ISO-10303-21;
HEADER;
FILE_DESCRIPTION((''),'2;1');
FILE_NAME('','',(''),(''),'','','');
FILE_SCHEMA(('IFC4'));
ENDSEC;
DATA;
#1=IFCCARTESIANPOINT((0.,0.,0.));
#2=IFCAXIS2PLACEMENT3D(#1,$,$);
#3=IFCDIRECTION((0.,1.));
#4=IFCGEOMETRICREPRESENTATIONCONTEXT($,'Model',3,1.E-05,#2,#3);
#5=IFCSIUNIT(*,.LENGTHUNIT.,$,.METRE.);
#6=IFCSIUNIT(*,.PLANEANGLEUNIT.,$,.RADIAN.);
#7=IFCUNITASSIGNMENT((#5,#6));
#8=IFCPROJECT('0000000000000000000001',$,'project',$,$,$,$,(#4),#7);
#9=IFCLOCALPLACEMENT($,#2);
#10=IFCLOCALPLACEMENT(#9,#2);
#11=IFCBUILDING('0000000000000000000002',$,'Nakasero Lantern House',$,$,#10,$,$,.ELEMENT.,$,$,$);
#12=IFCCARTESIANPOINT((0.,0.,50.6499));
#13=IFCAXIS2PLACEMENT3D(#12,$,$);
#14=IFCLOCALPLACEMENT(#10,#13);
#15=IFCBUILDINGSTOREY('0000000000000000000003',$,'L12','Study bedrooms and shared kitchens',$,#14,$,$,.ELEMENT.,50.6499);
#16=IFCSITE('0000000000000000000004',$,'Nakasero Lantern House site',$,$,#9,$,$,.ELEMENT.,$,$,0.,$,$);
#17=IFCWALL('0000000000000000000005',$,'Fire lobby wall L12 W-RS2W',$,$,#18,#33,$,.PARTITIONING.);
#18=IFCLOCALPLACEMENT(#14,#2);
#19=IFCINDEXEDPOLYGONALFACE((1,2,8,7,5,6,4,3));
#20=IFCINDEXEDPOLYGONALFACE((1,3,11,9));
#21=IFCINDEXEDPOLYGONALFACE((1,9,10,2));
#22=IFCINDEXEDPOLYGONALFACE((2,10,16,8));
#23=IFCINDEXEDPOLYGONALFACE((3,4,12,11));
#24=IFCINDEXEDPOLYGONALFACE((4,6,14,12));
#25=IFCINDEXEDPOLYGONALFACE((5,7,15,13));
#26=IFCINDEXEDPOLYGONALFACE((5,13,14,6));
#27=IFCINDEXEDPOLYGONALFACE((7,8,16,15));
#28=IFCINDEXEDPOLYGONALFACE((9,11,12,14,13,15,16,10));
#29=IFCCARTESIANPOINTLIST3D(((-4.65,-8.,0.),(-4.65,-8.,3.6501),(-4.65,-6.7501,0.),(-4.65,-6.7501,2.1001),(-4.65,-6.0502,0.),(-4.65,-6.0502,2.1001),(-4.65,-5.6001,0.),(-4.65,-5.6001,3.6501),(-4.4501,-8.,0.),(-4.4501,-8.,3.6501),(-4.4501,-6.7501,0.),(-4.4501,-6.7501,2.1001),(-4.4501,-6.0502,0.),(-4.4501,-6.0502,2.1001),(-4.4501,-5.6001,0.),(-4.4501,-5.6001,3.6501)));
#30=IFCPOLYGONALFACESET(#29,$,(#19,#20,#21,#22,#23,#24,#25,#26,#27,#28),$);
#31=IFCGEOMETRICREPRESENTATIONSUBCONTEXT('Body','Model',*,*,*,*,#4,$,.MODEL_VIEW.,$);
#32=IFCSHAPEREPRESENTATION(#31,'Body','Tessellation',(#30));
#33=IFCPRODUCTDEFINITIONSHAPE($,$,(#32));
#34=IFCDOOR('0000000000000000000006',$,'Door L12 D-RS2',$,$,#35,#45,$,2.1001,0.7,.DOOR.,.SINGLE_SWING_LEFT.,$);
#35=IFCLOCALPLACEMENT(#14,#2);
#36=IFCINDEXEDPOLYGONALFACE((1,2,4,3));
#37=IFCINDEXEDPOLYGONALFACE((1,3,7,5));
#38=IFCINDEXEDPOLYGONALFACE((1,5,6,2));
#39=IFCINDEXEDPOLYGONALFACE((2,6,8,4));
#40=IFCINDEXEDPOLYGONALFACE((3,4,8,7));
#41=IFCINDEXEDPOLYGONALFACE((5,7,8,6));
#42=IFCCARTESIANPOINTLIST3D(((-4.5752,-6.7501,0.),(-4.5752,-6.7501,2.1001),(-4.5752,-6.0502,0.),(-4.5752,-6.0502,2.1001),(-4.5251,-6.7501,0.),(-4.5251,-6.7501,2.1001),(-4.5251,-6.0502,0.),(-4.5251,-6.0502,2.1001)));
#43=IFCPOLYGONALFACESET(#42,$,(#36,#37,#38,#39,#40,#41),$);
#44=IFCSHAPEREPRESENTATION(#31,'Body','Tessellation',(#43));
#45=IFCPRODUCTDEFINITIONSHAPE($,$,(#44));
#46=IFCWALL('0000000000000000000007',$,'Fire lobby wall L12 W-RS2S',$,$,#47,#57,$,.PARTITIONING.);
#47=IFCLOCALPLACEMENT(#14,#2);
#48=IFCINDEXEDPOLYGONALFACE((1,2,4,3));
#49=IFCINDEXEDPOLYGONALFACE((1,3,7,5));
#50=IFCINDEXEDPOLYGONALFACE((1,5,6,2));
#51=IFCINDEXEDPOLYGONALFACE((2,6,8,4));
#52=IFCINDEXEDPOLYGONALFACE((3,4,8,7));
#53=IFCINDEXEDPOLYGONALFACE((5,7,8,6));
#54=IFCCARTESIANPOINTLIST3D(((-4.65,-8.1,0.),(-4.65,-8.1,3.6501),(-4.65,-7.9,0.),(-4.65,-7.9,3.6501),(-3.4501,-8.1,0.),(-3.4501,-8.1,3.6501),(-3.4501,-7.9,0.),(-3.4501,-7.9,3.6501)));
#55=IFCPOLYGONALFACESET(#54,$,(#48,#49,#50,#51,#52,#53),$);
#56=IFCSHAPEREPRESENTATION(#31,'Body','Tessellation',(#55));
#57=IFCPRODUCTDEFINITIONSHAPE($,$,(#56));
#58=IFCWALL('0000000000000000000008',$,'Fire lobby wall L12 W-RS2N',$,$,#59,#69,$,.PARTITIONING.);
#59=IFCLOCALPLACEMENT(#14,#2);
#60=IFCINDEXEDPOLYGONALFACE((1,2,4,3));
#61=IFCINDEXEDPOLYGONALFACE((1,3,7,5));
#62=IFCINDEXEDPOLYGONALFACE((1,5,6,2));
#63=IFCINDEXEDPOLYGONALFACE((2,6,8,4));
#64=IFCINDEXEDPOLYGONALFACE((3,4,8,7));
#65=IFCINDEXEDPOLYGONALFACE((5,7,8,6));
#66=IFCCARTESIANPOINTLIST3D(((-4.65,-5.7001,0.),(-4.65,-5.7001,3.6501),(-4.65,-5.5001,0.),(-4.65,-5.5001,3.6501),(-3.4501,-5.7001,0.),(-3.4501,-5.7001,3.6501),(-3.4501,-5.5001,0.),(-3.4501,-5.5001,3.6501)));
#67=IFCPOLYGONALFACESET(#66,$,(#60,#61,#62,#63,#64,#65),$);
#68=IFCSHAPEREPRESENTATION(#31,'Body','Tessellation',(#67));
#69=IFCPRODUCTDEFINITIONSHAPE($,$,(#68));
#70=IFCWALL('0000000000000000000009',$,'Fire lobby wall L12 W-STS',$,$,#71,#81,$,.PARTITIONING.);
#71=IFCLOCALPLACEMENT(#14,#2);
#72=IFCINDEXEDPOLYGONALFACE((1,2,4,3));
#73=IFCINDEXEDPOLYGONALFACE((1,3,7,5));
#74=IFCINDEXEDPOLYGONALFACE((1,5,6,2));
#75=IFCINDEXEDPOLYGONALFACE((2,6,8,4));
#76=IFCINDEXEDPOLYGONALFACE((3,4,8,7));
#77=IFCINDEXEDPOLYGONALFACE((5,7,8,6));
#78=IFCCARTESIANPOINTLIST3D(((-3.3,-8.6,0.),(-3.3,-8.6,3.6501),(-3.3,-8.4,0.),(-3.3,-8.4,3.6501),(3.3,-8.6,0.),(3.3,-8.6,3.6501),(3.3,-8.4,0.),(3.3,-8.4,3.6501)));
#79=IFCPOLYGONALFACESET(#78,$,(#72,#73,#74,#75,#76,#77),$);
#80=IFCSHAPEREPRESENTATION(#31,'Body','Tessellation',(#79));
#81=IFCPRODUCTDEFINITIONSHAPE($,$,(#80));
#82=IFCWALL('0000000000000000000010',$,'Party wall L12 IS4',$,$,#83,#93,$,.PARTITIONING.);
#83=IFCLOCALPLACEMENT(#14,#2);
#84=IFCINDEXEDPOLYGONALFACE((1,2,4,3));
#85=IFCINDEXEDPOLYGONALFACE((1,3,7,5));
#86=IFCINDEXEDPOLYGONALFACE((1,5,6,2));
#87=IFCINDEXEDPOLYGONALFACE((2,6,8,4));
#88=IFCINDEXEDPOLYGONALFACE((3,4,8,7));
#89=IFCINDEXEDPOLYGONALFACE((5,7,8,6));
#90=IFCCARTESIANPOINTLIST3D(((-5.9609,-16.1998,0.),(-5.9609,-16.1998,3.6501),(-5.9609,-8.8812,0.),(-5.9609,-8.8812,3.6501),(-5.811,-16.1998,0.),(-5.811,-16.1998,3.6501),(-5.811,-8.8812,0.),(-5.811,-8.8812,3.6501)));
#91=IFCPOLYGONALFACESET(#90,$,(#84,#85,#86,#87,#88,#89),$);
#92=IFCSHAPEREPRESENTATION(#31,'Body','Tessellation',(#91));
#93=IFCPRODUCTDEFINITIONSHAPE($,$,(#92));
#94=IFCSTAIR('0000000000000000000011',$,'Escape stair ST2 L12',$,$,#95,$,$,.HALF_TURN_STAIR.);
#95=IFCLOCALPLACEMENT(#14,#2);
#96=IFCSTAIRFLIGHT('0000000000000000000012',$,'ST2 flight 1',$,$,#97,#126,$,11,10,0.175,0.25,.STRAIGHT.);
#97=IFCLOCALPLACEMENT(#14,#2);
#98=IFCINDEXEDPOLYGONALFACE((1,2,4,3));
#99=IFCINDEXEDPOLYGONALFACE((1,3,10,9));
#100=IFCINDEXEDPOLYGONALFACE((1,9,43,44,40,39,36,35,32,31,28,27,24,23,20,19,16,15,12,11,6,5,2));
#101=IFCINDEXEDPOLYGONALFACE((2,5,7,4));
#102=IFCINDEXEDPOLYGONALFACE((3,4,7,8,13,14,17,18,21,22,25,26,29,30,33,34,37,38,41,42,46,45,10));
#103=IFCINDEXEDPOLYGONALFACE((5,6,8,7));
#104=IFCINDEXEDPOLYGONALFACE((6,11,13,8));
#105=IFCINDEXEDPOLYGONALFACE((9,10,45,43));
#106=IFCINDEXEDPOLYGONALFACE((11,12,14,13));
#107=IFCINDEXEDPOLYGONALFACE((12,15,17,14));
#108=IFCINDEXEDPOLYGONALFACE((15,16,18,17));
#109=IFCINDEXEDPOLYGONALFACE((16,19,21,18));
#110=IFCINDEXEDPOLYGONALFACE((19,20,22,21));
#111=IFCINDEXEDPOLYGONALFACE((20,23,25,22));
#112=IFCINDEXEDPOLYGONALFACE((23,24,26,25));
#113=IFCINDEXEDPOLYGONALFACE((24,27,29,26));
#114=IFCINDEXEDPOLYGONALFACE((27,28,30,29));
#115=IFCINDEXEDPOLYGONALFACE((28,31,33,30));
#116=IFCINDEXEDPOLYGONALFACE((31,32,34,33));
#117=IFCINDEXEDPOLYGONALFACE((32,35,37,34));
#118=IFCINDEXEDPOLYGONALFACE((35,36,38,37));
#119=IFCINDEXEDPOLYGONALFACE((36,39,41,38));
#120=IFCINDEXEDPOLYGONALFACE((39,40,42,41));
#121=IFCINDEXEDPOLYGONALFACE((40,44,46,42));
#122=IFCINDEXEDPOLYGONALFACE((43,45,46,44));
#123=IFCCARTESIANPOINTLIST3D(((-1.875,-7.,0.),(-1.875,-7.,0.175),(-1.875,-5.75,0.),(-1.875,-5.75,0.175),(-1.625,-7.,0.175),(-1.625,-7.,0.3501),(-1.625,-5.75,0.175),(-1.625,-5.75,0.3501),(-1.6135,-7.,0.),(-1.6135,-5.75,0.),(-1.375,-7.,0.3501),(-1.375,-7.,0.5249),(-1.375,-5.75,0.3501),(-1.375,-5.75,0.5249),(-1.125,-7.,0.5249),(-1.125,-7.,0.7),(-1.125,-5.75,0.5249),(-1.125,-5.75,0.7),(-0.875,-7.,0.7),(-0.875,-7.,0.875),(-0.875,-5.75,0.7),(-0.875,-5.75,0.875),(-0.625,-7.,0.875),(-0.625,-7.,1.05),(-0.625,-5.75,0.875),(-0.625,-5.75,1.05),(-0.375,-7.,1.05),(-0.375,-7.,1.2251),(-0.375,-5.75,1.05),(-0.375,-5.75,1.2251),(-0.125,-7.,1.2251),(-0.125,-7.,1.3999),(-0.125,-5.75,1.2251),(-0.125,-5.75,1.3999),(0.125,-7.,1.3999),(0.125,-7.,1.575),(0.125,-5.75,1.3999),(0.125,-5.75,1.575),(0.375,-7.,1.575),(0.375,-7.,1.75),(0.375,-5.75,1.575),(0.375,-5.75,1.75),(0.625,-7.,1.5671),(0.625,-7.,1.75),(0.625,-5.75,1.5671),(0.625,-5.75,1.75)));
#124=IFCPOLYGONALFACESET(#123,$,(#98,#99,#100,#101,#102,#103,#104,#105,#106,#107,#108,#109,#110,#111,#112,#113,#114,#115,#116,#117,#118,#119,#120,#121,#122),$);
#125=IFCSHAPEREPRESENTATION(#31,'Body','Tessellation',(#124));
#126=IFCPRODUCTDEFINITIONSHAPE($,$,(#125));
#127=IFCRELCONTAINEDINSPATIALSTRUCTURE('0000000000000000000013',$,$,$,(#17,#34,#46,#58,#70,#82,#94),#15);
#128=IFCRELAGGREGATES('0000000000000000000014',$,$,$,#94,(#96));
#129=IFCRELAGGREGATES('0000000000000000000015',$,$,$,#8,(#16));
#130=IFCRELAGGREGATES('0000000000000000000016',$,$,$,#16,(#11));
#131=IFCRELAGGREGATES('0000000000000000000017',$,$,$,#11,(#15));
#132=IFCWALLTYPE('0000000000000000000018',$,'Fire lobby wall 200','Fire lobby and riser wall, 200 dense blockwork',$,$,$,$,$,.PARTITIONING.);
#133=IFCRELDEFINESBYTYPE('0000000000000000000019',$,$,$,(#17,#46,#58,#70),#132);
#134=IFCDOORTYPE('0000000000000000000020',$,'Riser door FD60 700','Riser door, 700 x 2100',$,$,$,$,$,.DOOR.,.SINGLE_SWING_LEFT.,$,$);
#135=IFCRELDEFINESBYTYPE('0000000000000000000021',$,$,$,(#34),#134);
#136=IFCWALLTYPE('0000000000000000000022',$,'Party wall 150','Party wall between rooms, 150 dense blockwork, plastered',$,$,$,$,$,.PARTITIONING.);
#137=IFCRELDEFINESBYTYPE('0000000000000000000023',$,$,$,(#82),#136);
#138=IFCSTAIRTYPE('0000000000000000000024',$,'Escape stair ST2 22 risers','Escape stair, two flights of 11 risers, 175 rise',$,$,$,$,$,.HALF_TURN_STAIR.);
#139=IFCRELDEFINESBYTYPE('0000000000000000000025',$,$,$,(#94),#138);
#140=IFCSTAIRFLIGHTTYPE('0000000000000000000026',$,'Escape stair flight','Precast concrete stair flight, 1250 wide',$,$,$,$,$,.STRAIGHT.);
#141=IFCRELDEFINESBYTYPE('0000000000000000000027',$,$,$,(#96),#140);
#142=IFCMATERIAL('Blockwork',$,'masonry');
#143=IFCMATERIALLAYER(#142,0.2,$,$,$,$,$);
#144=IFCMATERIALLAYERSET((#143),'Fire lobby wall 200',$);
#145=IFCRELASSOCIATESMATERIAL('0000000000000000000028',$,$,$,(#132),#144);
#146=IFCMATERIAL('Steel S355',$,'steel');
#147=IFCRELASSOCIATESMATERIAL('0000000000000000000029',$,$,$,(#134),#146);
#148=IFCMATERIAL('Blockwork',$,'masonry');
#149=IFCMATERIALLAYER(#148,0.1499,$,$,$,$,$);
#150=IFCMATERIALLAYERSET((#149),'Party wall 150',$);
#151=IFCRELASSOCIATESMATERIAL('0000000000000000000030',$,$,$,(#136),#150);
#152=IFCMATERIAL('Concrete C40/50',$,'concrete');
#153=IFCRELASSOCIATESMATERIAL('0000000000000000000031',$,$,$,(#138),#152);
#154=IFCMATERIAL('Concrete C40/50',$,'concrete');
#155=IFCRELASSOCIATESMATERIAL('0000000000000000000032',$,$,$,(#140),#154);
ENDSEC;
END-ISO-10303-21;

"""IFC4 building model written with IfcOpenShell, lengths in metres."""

from ifc_helpers import new_model, si_unit, direction, frame, frame_2d, origin, place, context, subcontext, project, spatial, polyline, rectangle, outline, extrude, material, layer, layer_set, type_object, element, fill, aggregate, save


model = new_model("IFC4")

# Units and contexts
model_context = context("Model", 3, precision=1e-05, world=origin(), true_north=direction((0.0, 1.0)))
body_context = subcontext(model_context, "Body", "Model", "MODEL_VIEW")
ifc_project = project(units=[si_unit("LENGTHUNIT", "METRE"), si_unit("PLANEANGLEUNIT", "RADIAN")], contexts=[model_context])

# Site, building, storey
site_placement = place(None, origin())
site = spatial("IfcSite", under=ifc_project, at=site_placement, Name="Nakasero Lantern House site", CompositionType="ELEMENT", RefElevation=0.0)
building_placement = place(site_placement, origin())
building = spatial("IfcBuilding", under=site, at=building_placement, Name="Nakasero Lantern House", CompositionType="ELEMENT")
storey_placement = place(building_placement, frame((0.0, 0.0, 50.6499)))
storey = spatial("IfcBuildingStorey", under=building, at=storey_placement, Name="L12", Description="Study bedrooms and shared kitchens", CompositionType="ELEMENT", Elevation=50.6499)

# Wall, opening, door
ifc_material_1 = material(Name="Blockwork", Category="masonry")
ifc_layer_1 = layer(ifc_material_1, 0.2)
ifc_layer_set_1 = layer_set([ifc_layer_1], Name="Fire lobby wall 200")
wall_type_1 = type_object("IfcWallType", Name="Fire lobby wall 200", Description="Fire lobby and riser wall, 200 dense blockwork", PredefinedType="PARTITIONING", material=ifc_layer_set_1)
wall_1_placement = place(storey_placement, frame((-4.55, -5.6001, 0.0), z_axis=(0.0, 0.0, 1.0), x_axis=(0.0, -1.0, 0.0)))
wall_1 = element("IfcWall", 1, at=wall_1_placement, inside=storey, type_object=wall_type_1, Name="Fire lobby wall L12 W-RS2W", PredefinedType="PARTITIONING", context=body_context, shape_type="SweptSolid", body=[
    extrude(rectangle(XDim=2.3999, YDim=0.2, at=frame_2d((1.2, 0.0))), origin(), (0.0, 0.0, 1.0), 3.6501),
])
opening_1_placement = place(wall_1_placement, frame((0.45, 0.0, 0.0)))
opening_1 = element("IfcOpeningElement", 2, at=opening_1_placement, cuts=wall_1, PredefinedType="OPENING", context=body_context, shape_type="SweptSolid", body=[
    extrude(rectangle(XDim=0.7, YDim=2.1001, at=frame_2d((0.3501, 1.05))), frame((0.0, 0.1199, 0.0), z_axis=(0.0, -1.0, 0.0), x_axis=(1.0, 0.0, 0.0)), (0.0, 0.0, 1.0), 0.24),
])
ifc_material_2 = material(Name="Steel S355", Category="steel")
door_type_1 = type_object("IfcDoorType", Name="Riser door FD60 700", Description="Riser door, 700 x 2100", OperationType="SINGLE_SWING_LEFT", PredefinedType="DOOR", material=ifc_material_2)
door_1_placement = place(opening_1_placement, origin())
door_1 = element("IfcDoor", 3, at=door_1_placement, inside=storey, type_object=door_type_1, Name="Door L12 D-RS2", OperationType="SINGLE_SWING_LEFT", OverallHeight=2.1001, OverallWidth=0.7, PredefinedType="DOOR", context=body_context, shape_type="SweptSolid", body=[
    extrude(rectangle(XDim=0.7, YDim=2.1001, at=frame_2d((0.3501, 1.05))), frame((0.0, 0.0249, 0.0), z_axis=(0.0, -1.0, 0.0), x_axis=(1.0, 0.0, 0.0)), (0.0, 0.0, 1.0), 0.05),
])
fill(opening_1, door_1)

# Walls
for number, where, z_axis, x_axis, name in (
    (4, (-3.45, -8.0, 0.0), (0.0, 0.0, 1.0), (-1.0, 0.0, 0.0), "Fire lobby wall L12 W-RS2S"),
    (5, (-3.45, -5.6001, 0.0), (0.0, 0.0, 1.0), (-1.0, 0.0, 0.0), "Fire lobby wall L12 W-RS2N"),
):
    element("IfcWall", number, at=place(storey_placement, frame(where, z_axis=z_axis, x_axis=x_axis)), inside=storey, type_object=wall_type_1, Name=name, PredefinedType="PARTITIONING", context=body_context, shape_type="SweptSolid", body=[
        extrude(rectangle(XDim=1.2, YDim=0.2, at=frame_2d((0.6001, 0.0))), origin(), (0.0, 0.0, 1.0), 3.6501),
    ])
wall_2_placement = place(storey_placement, frame((-3.3, -8.5, 0.0), z_axis=(0.0, 0.0, 1.0), x_axis=(1.0, 0.0, 0.0)))
element("IfcWall", 6, at=wall_2_placement, inside=storey, type_object=wall_type_1, Name="Fire lobby wall L12 W-STS", PredefinedType="PARTITIONING", context=body_context, shape_type="SweptSolid", body=[
    extrude(rectangle(XDim=6.6001, YDim=0.2, at=frame_2d((3.3, 0.0))), origin(), (0.0, 0.0, 1.0), 3.6501),
])
ifc_material_3 = material(Name="Blockwork", Category="masonry")
ifc_layer_2 = layer(ifc_material_3, 0.1499)
ifc_layer_set_2 = layer_set([ifc_layer_2], Name="Party wall 150")
wall_type_2 = type_object("IfcWallType", Name="Party wall 150", Description="Party wall between rooms, 150 dense blockwork, plastered", PredefinedType="PARTITIONING", material=ifc_layer_set_2)
wall_3_placement = place(storey_placement, frame((-5.886, -8.8813, 0.0), z_axis=(0.0, 0.0, 1.0), x_axis=(0.0, -1.0, 0.0)))
element("IfcWall", 7, at=wall_3_placement, inside=storey, type_object=wall_type_2, Name="Party wall L12 IS4", PredefinedType="PARTITIONING", context=body_context, shape_type="SweptSolid", body=[
    extrude(rectangle(XDim=7.3186, YDim=0.1499, at=frame_2d((3.6592, 0.0))), origin(), (0.0, 0.0, 1.0), 3.6501),
])

# Stair, stair flight
ifc_material_4 = material(Name="Concrete C40/50", Category="concrete")
stair_type = type_object("IfcStairType", Name="Escape stair ST2 22 risers", Description="Escape stair, two flights of 11 risers, 175 rise", PredefinedType="HALF_TURN_STAIR", material=ifc_material_4)
stair_placement = place(storey_placement, origin())
stair = element("IfcStair", 8, at=stair_placement, inside=storey, type_object=stair_type, Name="Escape stair ST2 L12", PredefinedType="HALF_TURN_STAIR")
ifc_material_5 = material(Name="Concrete C40/50", Category="concrete")
stair_flight_type = type_object("IfcStairFlightType", Name="Escape stair flight", Description="Precast concrete stair flight, 1250 wide", PredefinedType="STRAIGHT", material=ifc_material_5)
stair_flight_placement = place(storey_placement, frame((-1.875, -6.375, 0.0), z_axis=(0.0, 0.0, 1.0), x_axis=(1.0, 0.0, 0.0)))
stair_flight = element("IfcStairFlight", 9, at=stair_flight_placement, type_object=stair_flight_type, Name="ST2 flight 1", NumberOfRisers=11, NumberOfTreads=10, PredefinedType="STRAIGHT", RiserHeight=0.175, TreadLength=0.25, context=body_context, shape_type="SweptSolid", body=[
    extrude(outline(polyline([(0.0, 0.0), (0.0, 0.175), (0.25, 0.175), (0.25, 0.3501), (0.5, 0.3501), (0.5, 0.5249), (0.75, 0.5249), (0.75, 0.7), (1.0, 0.7), (1.0, 0.875), (1.25, 0.875), (1.25, 1.05), (1.5, 1.05), (1.5, 1.2251), (1.75, 1.2251), (1.75, 1.3999), (2.0, 1.3999), (2.0, 1.575), (2.25, 1.575), (2.25, 1.75), (2.5, 1.75), (2.5, 1.925), (2.5, 1.5671), (0.2615, 0.0), (0.0, 0.0)])), frame((0.0, 0.625, 0.0), z_axis=(0.0, -1.0, 0.0), x_axis=(1.0, 0.0, 0.0)), (0.0, 0.0, 1.0), 1.25),
])
aggregate(stair, [stair_flight])

save(model, "model.ifc")
